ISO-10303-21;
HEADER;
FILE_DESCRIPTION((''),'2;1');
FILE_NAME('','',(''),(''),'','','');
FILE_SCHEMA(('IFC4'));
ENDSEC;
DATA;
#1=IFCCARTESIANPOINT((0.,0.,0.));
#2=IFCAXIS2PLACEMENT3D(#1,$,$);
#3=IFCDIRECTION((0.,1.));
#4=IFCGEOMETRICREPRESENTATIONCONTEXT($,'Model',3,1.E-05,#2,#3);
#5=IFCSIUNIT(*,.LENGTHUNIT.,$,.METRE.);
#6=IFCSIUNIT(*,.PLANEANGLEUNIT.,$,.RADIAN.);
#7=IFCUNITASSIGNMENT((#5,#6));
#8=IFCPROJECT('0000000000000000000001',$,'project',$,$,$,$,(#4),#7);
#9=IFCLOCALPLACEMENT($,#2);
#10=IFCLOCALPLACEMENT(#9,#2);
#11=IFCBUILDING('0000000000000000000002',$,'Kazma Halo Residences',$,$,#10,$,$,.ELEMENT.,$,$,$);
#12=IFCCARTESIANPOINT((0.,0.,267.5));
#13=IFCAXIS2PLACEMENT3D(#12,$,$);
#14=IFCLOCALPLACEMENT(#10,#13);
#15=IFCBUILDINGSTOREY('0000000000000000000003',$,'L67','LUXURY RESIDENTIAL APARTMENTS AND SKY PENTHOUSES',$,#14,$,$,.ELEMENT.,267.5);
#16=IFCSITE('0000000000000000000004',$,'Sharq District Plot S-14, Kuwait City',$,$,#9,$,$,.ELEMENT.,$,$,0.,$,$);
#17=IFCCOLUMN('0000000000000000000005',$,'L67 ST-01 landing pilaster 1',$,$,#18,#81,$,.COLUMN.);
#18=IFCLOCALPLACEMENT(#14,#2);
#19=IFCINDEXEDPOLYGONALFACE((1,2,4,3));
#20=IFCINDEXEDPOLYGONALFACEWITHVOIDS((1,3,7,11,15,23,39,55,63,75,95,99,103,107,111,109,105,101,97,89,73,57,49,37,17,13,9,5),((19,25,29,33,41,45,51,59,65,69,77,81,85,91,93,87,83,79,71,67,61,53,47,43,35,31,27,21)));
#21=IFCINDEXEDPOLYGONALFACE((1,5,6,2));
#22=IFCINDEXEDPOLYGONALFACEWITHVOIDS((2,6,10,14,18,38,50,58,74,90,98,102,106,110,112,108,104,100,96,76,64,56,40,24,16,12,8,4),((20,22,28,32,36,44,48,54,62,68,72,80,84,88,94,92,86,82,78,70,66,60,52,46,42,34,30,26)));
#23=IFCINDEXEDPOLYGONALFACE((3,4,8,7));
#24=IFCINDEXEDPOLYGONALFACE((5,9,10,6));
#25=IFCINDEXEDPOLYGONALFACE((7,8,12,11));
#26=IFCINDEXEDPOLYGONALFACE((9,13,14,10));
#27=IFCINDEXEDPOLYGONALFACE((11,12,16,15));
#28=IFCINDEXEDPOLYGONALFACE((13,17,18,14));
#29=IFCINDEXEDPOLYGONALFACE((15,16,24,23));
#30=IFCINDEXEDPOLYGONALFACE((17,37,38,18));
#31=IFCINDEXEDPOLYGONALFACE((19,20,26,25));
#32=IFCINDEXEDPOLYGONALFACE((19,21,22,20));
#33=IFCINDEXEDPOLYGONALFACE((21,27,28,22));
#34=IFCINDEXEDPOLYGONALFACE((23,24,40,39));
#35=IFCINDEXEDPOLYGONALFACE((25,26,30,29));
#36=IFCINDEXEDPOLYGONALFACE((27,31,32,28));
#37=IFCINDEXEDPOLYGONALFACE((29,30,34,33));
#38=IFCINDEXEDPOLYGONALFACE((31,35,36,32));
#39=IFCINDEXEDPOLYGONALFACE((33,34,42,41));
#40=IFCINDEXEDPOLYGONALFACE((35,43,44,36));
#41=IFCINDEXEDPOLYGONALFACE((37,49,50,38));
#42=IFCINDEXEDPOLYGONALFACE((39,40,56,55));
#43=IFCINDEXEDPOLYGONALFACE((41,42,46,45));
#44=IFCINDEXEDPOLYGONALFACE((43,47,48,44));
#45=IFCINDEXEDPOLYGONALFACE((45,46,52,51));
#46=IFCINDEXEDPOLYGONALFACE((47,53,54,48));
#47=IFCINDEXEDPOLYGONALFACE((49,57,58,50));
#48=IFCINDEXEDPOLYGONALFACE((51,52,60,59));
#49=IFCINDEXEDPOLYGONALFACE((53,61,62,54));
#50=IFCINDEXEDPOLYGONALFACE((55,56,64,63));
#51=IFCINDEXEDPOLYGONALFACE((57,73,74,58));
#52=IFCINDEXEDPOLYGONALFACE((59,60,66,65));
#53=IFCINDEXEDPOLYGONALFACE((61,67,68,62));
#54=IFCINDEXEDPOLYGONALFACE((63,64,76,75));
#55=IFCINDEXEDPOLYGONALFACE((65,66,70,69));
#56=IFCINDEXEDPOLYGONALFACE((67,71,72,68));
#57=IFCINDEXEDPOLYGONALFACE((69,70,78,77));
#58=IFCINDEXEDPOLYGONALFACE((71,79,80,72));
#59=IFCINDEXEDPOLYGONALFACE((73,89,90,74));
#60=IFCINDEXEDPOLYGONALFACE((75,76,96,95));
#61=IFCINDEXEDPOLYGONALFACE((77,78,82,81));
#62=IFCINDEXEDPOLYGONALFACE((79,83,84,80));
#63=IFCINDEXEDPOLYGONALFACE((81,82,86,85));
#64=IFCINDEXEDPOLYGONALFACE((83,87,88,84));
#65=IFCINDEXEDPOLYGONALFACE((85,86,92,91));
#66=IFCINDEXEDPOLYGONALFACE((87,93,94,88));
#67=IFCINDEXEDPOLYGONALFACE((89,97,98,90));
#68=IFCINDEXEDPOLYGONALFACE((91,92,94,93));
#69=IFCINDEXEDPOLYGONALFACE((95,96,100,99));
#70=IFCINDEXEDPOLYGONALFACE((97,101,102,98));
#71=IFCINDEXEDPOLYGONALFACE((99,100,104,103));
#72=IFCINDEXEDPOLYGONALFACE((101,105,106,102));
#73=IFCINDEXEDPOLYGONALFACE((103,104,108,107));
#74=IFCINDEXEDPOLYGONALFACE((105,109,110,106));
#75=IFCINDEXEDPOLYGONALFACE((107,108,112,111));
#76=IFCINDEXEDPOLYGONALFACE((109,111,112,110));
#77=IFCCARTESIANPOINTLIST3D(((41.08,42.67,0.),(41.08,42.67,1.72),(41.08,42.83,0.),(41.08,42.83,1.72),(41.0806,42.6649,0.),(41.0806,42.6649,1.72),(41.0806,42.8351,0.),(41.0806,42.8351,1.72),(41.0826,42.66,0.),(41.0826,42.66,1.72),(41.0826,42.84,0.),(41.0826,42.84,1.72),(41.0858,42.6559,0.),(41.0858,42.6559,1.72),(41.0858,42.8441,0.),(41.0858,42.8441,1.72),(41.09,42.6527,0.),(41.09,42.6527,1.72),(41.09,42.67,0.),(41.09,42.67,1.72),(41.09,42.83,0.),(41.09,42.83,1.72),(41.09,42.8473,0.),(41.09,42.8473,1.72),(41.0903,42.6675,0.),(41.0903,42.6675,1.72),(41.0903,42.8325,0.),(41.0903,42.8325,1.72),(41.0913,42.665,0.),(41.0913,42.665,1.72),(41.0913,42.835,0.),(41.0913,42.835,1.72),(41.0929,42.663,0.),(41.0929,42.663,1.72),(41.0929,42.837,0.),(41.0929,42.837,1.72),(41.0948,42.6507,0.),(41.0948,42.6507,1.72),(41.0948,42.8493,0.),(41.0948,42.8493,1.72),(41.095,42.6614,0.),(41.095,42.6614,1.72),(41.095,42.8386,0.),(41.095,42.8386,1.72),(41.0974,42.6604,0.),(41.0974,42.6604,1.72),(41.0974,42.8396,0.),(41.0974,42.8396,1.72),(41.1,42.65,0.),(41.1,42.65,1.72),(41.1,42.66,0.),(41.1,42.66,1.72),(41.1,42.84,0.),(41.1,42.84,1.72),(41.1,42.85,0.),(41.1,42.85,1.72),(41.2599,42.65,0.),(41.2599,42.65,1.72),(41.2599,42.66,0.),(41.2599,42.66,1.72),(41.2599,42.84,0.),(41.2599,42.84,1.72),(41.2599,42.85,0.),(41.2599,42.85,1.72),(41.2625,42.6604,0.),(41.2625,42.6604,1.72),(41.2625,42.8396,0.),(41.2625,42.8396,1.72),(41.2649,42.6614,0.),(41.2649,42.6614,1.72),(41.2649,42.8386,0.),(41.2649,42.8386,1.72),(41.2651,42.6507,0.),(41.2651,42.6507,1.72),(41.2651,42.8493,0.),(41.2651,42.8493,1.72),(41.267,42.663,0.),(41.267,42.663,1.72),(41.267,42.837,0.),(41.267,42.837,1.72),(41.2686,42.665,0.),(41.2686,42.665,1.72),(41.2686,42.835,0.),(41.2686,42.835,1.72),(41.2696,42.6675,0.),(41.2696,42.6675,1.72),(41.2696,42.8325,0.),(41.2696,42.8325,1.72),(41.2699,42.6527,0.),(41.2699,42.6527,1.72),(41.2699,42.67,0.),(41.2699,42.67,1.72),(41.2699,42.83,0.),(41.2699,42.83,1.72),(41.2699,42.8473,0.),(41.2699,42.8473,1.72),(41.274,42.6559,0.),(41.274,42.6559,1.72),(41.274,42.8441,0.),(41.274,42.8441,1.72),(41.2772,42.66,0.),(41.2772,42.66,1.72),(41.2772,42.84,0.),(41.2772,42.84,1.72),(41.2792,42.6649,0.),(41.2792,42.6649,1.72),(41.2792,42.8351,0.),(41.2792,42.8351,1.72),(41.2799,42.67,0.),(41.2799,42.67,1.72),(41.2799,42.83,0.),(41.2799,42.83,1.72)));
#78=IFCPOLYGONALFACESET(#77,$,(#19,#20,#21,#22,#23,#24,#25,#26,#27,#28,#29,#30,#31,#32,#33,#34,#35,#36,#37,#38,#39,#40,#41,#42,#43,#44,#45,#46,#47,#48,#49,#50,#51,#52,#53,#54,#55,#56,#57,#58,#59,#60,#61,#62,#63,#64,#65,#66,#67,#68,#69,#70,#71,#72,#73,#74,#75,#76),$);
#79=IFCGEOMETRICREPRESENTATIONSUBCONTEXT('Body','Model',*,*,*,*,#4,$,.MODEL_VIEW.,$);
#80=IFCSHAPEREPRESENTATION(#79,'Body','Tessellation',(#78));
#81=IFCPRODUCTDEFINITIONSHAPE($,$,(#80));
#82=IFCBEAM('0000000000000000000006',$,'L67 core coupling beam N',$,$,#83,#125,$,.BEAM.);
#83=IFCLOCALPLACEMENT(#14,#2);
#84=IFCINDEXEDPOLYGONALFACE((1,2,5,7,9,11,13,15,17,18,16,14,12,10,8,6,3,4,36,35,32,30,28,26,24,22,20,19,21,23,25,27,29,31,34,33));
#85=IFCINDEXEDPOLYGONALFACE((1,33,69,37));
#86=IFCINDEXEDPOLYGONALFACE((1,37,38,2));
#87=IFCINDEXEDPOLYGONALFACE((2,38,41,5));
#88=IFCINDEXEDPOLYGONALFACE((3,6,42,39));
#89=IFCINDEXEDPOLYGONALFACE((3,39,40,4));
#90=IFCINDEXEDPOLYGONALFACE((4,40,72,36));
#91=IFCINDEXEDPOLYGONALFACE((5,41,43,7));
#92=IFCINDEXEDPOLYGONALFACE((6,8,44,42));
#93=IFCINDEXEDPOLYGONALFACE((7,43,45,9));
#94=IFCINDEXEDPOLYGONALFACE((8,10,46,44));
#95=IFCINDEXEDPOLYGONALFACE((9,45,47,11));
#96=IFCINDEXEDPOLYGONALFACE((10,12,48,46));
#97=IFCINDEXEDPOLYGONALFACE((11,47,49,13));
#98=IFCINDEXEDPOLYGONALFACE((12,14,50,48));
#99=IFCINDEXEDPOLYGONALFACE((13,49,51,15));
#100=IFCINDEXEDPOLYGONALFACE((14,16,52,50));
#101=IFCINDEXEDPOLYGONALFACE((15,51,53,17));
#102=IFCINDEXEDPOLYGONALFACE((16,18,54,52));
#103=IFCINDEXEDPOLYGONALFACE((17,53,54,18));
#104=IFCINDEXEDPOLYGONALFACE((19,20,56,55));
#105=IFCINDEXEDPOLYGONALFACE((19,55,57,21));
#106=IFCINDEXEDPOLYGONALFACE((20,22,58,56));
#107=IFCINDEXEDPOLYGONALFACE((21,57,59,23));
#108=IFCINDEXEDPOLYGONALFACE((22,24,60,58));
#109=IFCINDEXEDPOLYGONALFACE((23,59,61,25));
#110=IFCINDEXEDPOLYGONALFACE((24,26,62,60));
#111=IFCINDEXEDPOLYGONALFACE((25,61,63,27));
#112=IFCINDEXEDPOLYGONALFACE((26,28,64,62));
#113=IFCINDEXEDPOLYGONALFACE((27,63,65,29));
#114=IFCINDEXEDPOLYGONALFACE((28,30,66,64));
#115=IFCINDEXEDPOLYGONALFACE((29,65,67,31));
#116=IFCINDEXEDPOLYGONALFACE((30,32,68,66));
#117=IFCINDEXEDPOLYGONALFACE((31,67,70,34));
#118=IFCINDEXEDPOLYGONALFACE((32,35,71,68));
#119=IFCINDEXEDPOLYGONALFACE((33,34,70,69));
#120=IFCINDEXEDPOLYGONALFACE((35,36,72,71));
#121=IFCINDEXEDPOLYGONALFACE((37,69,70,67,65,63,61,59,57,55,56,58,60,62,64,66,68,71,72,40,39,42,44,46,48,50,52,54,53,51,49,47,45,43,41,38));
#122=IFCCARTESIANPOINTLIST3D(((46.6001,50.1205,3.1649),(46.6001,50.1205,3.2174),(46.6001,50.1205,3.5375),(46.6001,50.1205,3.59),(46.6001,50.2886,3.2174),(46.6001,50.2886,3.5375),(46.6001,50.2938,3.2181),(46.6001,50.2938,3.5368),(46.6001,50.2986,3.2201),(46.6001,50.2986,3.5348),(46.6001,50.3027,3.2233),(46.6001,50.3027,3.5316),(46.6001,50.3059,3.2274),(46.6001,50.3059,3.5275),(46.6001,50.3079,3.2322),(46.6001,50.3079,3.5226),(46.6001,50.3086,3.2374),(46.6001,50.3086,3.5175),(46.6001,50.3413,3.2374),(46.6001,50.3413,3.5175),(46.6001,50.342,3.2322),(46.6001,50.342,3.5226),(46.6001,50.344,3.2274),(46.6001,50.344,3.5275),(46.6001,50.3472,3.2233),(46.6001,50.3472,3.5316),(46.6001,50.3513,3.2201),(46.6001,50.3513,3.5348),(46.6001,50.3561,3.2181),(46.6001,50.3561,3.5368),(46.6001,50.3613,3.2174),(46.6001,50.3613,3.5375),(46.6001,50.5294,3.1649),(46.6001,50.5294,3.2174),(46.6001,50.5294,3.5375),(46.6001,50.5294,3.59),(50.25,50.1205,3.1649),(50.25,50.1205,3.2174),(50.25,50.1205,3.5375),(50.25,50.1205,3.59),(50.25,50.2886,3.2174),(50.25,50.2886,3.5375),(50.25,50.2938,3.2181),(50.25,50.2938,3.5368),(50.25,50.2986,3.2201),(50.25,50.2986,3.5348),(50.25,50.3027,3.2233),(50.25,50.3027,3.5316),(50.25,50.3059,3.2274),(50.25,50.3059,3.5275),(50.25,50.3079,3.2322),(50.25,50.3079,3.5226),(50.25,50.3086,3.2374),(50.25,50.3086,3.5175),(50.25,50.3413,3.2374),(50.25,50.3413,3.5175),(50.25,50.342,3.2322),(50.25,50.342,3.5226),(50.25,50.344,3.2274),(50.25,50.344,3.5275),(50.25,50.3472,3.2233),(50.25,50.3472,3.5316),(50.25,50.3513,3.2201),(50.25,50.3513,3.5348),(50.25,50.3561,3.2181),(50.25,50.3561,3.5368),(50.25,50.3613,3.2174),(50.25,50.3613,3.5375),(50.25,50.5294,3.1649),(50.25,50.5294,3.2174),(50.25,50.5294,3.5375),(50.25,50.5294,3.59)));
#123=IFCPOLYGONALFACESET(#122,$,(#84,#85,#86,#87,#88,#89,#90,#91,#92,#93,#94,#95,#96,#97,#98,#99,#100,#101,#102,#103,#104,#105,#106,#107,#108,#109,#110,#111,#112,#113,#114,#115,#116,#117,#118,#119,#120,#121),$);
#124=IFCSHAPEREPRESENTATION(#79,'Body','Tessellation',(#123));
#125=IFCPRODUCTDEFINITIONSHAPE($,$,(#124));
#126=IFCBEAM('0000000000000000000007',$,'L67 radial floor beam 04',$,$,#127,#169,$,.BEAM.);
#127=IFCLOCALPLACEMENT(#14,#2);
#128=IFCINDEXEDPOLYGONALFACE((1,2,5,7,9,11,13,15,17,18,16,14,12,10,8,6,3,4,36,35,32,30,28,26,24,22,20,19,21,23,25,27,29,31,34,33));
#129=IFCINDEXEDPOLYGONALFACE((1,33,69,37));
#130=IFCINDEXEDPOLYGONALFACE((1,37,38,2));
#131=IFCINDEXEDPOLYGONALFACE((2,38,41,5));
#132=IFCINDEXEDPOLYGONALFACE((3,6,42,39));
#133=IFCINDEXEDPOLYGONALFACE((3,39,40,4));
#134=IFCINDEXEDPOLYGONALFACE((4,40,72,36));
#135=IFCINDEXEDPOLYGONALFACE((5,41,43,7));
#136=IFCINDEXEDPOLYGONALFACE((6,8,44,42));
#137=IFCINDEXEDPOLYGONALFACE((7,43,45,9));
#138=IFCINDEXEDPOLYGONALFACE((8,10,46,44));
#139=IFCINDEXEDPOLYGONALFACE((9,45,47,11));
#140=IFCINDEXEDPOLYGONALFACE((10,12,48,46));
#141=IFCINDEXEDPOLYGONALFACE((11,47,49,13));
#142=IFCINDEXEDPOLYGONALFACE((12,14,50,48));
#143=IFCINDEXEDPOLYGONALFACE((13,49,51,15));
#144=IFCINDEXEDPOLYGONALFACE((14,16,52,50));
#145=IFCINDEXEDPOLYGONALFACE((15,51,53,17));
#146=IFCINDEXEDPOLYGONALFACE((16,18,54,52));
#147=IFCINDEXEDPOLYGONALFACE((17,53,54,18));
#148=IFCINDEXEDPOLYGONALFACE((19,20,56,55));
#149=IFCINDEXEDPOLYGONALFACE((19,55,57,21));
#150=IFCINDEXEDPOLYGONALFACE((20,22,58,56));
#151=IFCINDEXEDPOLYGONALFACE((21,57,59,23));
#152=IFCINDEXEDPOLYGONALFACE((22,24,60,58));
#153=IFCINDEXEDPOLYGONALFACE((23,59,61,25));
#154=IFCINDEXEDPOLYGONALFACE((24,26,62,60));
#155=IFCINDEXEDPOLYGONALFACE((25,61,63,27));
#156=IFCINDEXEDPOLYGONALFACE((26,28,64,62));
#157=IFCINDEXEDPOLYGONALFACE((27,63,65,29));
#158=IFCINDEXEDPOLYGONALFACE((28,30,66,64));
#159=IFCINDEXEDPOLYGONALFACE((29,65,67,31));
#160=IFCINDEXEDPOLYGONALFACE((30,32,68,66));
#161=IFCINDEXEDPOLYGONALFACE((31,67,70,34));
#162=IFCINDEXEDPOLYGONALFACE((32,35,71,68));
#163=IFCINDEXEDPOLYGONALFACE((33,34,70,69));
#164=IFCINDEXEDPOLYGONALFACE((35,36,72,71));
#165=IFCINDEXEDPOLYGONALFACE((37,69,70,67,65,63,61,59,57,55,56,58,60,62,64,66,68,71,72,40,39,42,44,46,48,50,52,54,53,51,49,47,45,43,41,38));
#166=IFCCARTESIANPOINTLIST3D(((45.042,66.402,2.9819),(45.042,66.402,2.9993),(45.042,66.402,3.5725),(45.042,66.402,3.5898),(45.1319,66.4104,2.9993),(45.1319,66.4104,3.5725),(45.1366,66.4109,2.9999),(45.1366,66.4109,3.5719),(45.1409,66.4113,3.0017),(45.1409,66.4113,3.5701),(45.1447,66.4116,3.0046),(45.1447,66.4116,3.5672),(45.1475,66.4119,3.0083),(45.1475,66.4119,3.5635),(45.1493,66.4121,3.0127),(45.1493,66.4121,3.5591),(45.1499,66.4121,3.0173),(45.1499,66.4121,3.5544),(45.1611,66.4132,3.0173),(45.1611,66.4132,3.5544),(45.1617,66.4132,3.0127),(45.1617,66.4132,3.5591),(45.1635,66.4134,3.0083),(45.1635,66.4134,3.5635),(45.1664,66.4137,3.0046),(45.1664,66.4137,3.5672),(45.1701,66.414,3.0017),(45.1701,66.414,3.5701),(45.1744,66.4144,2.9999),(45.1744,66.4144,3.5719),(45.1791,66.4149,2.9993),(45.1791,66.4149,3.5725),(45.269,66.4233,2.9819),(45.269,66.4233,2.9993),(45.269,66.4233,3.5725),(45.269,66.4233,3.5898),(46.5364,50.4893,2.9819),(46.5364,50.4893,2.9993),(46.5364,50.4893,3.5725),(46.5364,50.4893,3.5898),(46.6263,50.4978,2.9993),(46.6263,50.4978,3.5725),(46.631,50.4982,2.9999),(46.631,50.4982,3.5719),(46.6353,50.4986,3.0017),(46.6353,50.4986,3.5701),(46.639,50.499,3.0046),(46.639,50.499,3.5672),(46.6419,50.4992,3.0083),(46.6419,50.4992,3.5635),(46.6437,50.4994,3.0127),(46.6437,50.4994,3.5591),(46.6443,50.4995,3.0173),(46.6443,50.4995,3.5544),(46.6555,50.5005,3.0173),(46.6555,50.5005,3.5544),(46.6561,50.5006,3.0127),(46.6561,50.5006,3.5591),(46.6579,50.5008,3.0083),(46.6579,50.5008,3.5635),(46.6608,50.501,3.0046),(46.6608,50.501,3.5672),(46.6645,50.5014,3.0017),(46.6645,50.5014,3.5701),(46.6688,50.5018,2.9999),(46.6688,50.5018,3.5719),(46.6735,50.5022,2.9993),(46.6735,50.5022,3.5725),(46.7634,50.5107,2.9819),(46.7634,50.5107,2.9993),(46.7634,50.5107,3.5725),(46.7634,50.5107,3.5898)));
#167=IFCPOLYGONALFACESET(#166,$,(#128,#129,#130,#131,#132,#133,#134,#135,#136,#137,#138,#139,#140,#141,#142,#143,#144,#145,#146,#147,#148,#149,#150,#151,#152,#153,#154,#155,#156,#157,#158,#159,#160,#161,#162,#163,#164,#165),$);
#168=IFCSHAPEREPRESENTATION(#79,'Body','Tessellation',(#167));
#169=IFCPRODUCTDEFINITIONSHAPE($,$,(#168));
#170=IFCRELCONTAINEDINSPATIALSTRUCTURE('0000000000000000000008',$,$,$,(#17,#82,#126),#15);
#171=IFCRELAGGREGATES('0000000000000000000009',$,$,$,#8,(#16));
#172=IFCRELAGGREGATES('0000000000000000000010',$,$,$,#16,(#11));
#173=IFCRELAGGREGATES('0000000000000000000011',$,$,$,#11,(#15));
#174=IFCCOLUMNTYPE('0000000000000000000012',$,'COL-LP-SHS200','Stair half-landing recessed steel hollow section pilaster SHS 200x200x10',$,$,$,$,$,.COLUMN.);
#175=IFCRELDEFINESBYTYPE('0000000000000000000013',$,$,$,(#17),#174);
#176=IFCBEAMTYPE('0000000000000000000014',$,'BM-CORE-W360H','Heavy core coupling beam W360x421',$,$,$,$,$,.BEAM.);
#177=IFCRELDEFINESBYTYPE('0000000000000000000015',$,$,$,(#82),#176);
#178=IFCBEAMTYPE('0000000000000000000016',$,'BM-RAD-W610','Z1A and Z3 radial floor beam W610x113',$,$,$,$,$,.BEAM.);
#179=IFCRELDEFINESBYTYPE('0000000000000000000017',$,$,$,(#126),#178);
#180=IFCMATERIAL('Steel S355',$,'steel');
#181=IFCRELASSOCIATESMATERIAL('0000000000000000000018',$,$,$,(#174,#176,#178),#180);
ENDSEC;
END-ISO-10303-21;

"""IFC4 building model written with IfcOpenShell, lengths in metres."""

from ifc_helpers import new_model, si_unit, direction, frame, origin, origin_2d, place, context, subcontext, project, spatial, hollow_rectangle, i_section, extrude, material, material_profile, profile_set, type_object, element, save


model = new_model("IFC4")

# Units and contexts
model_context = context("Model", 3, precision=1e-05, world=origin(), true_north=direction((0.0, 1.0)))
body_context = subcontext(model_context, "Body", "Model", "MODEL_VIEW")
ifc_project = project(units=[si_unit("LENGTHUNIT", "METRE"), si_unit("PLANEANGLEUNIT", "RADIAN")], contexts=[model_context])

# Site, building, storey
site_placement = place(None, origin())
site = spatial("IfcSite", under=ifc_project, at=site_placement, Name="Sharq District Plot S-14, Kuwait City", CompositionType="ELEMENT", RefElevation=0.0)
building_placement = place(site_placement, origin())
building = spatial("IfcBuilding", under=site, at=building_placement, Name="Kazma Halo Residences", CompositionType="ELEMENT")
storey_placement = place(building_placement, frame((0.0, 0.0, 267.5)))
storey = spatial("IfcBuildingStorey", under=building, at=storey_placement, Name="L67", Description="LUXURY RESIDENTIAL APARTMENTS AND SKY PENTHOUSES", CompositionType="ELEMENT", Elevation=267.5)

# Column
ifc_material_1 = material(Name="Steel S355", Category="steel")
ifc_material_profile_1 = material_profile(ifc_material_1, hollow_rectangle(XDim=0.2, YDim=0.2, WallThickness=0.01, InnerFilletRadius=0.01, OuterFilletRadius=0.02, at=origin_2d()), Name="SHS200x200x10")
ifc_profile_set_1 = profile_set([ifc_material_profile_1], Name="Steel S355")
column_type = type_object("IfcColumnType", Name="COL-LP-SHS200", Description="Stair half-landing recessed steel hollow section pilaster SHS 200x200x10", PredefinedType="COLUMN", material=ifc_profile_set_1)
column_placement = place(storey_placement, frame((41.1799, 42.75, 0.0), z_axis=(0.0, 0.0, 1.0), x_axis=(1.0, 0.0, 0.0)))
element("IfcColumn", 1, at=column_placement, inside=storey, type_object=column_type, Name="L67 ST-01 landing pilaster 1", PredefinedType="COLUMN", context=body_context, shape_type="SweptSolid", body=[
    extrude(hollow_rectangle(XDim=0.2, YDim=0.2, WallThickness=0.01, InnerFilletRadius=0.01, OuterFilletRadius=0.02, at=origin_2d()), origin(), (0.0, 0.0, 1.0), 1.72),
])

# Beams
ifc_material_profile_2 = material_profile(ifc_material_1, i_section(OverallWidth=0.4089, OverallDepth=0.425, WebThickness=0.0327, FlangeThickness=0.0525, FilletRadius=0.02, at=origin_2d()), Name="W360x421")
ifc_profile_set_2 = profile_set([ifc_material_profile_2], Name="Steel S355")
beam_type_1 = type_object("IfcBeamType", Name="BM-CORE-W360H", Description="Heavy core coupling beam W360x421", PredefinedType="BEAM", material=ifc_profile_set_2)
beam_1_placement = place(storey_placement, frame((46.6001, 50.325, 3.3774), z_axis=(1.0, 0.0, 0.0), x_axis=(0.0, 1.0, 0.0)))
element("IfcBeam", 2, at=beam_1_placement, inside=storey, type_object=beam_type_1, Name="L67 core coupling beam N", PredefinedType="BEAM", context=body_context, shape_type="SweptSolid", body=[
    extrude(i_section(OverallWidth=0.4089, OverallDepth=0.425, WebThickness=0.0327, FlangeThickness=0.0525, FilletRadius=0.02, at=origin_2d()), origin(), (0.0, 0.0, 1.0), 3.6499),
])
ifc_material_profile_3 = material_profile(ifc_material_1, i_section(OverallWidth=0.228, OverallDepth=0.6079, WebThickness=0.0112, FlangeThickness=0.0173, FilletRadius=0.0181, at=origin_2d()), Name="W610x113")
ifc_profile_set_3 = profile_set([ifc_material_profile_3], Name="Steel S355")
beam_type_2 = type_object("IfcBeamType", Name="BM-RAD-W610", Description="Z1A and Z3 radial floor beam W610x113", PredefinedType="BEAM", material=ifc_profile_set_3)
beam_2_placement = place(storey_placement, frame((46.6499, 50.5, 3.2859), z_axis=(-0.093501, 0.995619, 0.0), x_axis=(-0.995619, -0.093501, 0.0)))
element("IfcBeam", 3, at=beam_2_placement, inside=storey, type_object=beam_type_2, Name="L67 radial floor beam 04", PredefinedType="BEAM", context=body_context, shape_type="SweptSolid", body=[
    extrude(i_section(OverallWidth=0.228, OverallDepth=0.6079, WebThickness=0.0112, FlangeThickness=0.0173, FilletRadius=0.0181, at=origin_2d()), origin(), (0.0, 0.0, 1.0), 15.9827),
])

save(model, "model.ifc")
